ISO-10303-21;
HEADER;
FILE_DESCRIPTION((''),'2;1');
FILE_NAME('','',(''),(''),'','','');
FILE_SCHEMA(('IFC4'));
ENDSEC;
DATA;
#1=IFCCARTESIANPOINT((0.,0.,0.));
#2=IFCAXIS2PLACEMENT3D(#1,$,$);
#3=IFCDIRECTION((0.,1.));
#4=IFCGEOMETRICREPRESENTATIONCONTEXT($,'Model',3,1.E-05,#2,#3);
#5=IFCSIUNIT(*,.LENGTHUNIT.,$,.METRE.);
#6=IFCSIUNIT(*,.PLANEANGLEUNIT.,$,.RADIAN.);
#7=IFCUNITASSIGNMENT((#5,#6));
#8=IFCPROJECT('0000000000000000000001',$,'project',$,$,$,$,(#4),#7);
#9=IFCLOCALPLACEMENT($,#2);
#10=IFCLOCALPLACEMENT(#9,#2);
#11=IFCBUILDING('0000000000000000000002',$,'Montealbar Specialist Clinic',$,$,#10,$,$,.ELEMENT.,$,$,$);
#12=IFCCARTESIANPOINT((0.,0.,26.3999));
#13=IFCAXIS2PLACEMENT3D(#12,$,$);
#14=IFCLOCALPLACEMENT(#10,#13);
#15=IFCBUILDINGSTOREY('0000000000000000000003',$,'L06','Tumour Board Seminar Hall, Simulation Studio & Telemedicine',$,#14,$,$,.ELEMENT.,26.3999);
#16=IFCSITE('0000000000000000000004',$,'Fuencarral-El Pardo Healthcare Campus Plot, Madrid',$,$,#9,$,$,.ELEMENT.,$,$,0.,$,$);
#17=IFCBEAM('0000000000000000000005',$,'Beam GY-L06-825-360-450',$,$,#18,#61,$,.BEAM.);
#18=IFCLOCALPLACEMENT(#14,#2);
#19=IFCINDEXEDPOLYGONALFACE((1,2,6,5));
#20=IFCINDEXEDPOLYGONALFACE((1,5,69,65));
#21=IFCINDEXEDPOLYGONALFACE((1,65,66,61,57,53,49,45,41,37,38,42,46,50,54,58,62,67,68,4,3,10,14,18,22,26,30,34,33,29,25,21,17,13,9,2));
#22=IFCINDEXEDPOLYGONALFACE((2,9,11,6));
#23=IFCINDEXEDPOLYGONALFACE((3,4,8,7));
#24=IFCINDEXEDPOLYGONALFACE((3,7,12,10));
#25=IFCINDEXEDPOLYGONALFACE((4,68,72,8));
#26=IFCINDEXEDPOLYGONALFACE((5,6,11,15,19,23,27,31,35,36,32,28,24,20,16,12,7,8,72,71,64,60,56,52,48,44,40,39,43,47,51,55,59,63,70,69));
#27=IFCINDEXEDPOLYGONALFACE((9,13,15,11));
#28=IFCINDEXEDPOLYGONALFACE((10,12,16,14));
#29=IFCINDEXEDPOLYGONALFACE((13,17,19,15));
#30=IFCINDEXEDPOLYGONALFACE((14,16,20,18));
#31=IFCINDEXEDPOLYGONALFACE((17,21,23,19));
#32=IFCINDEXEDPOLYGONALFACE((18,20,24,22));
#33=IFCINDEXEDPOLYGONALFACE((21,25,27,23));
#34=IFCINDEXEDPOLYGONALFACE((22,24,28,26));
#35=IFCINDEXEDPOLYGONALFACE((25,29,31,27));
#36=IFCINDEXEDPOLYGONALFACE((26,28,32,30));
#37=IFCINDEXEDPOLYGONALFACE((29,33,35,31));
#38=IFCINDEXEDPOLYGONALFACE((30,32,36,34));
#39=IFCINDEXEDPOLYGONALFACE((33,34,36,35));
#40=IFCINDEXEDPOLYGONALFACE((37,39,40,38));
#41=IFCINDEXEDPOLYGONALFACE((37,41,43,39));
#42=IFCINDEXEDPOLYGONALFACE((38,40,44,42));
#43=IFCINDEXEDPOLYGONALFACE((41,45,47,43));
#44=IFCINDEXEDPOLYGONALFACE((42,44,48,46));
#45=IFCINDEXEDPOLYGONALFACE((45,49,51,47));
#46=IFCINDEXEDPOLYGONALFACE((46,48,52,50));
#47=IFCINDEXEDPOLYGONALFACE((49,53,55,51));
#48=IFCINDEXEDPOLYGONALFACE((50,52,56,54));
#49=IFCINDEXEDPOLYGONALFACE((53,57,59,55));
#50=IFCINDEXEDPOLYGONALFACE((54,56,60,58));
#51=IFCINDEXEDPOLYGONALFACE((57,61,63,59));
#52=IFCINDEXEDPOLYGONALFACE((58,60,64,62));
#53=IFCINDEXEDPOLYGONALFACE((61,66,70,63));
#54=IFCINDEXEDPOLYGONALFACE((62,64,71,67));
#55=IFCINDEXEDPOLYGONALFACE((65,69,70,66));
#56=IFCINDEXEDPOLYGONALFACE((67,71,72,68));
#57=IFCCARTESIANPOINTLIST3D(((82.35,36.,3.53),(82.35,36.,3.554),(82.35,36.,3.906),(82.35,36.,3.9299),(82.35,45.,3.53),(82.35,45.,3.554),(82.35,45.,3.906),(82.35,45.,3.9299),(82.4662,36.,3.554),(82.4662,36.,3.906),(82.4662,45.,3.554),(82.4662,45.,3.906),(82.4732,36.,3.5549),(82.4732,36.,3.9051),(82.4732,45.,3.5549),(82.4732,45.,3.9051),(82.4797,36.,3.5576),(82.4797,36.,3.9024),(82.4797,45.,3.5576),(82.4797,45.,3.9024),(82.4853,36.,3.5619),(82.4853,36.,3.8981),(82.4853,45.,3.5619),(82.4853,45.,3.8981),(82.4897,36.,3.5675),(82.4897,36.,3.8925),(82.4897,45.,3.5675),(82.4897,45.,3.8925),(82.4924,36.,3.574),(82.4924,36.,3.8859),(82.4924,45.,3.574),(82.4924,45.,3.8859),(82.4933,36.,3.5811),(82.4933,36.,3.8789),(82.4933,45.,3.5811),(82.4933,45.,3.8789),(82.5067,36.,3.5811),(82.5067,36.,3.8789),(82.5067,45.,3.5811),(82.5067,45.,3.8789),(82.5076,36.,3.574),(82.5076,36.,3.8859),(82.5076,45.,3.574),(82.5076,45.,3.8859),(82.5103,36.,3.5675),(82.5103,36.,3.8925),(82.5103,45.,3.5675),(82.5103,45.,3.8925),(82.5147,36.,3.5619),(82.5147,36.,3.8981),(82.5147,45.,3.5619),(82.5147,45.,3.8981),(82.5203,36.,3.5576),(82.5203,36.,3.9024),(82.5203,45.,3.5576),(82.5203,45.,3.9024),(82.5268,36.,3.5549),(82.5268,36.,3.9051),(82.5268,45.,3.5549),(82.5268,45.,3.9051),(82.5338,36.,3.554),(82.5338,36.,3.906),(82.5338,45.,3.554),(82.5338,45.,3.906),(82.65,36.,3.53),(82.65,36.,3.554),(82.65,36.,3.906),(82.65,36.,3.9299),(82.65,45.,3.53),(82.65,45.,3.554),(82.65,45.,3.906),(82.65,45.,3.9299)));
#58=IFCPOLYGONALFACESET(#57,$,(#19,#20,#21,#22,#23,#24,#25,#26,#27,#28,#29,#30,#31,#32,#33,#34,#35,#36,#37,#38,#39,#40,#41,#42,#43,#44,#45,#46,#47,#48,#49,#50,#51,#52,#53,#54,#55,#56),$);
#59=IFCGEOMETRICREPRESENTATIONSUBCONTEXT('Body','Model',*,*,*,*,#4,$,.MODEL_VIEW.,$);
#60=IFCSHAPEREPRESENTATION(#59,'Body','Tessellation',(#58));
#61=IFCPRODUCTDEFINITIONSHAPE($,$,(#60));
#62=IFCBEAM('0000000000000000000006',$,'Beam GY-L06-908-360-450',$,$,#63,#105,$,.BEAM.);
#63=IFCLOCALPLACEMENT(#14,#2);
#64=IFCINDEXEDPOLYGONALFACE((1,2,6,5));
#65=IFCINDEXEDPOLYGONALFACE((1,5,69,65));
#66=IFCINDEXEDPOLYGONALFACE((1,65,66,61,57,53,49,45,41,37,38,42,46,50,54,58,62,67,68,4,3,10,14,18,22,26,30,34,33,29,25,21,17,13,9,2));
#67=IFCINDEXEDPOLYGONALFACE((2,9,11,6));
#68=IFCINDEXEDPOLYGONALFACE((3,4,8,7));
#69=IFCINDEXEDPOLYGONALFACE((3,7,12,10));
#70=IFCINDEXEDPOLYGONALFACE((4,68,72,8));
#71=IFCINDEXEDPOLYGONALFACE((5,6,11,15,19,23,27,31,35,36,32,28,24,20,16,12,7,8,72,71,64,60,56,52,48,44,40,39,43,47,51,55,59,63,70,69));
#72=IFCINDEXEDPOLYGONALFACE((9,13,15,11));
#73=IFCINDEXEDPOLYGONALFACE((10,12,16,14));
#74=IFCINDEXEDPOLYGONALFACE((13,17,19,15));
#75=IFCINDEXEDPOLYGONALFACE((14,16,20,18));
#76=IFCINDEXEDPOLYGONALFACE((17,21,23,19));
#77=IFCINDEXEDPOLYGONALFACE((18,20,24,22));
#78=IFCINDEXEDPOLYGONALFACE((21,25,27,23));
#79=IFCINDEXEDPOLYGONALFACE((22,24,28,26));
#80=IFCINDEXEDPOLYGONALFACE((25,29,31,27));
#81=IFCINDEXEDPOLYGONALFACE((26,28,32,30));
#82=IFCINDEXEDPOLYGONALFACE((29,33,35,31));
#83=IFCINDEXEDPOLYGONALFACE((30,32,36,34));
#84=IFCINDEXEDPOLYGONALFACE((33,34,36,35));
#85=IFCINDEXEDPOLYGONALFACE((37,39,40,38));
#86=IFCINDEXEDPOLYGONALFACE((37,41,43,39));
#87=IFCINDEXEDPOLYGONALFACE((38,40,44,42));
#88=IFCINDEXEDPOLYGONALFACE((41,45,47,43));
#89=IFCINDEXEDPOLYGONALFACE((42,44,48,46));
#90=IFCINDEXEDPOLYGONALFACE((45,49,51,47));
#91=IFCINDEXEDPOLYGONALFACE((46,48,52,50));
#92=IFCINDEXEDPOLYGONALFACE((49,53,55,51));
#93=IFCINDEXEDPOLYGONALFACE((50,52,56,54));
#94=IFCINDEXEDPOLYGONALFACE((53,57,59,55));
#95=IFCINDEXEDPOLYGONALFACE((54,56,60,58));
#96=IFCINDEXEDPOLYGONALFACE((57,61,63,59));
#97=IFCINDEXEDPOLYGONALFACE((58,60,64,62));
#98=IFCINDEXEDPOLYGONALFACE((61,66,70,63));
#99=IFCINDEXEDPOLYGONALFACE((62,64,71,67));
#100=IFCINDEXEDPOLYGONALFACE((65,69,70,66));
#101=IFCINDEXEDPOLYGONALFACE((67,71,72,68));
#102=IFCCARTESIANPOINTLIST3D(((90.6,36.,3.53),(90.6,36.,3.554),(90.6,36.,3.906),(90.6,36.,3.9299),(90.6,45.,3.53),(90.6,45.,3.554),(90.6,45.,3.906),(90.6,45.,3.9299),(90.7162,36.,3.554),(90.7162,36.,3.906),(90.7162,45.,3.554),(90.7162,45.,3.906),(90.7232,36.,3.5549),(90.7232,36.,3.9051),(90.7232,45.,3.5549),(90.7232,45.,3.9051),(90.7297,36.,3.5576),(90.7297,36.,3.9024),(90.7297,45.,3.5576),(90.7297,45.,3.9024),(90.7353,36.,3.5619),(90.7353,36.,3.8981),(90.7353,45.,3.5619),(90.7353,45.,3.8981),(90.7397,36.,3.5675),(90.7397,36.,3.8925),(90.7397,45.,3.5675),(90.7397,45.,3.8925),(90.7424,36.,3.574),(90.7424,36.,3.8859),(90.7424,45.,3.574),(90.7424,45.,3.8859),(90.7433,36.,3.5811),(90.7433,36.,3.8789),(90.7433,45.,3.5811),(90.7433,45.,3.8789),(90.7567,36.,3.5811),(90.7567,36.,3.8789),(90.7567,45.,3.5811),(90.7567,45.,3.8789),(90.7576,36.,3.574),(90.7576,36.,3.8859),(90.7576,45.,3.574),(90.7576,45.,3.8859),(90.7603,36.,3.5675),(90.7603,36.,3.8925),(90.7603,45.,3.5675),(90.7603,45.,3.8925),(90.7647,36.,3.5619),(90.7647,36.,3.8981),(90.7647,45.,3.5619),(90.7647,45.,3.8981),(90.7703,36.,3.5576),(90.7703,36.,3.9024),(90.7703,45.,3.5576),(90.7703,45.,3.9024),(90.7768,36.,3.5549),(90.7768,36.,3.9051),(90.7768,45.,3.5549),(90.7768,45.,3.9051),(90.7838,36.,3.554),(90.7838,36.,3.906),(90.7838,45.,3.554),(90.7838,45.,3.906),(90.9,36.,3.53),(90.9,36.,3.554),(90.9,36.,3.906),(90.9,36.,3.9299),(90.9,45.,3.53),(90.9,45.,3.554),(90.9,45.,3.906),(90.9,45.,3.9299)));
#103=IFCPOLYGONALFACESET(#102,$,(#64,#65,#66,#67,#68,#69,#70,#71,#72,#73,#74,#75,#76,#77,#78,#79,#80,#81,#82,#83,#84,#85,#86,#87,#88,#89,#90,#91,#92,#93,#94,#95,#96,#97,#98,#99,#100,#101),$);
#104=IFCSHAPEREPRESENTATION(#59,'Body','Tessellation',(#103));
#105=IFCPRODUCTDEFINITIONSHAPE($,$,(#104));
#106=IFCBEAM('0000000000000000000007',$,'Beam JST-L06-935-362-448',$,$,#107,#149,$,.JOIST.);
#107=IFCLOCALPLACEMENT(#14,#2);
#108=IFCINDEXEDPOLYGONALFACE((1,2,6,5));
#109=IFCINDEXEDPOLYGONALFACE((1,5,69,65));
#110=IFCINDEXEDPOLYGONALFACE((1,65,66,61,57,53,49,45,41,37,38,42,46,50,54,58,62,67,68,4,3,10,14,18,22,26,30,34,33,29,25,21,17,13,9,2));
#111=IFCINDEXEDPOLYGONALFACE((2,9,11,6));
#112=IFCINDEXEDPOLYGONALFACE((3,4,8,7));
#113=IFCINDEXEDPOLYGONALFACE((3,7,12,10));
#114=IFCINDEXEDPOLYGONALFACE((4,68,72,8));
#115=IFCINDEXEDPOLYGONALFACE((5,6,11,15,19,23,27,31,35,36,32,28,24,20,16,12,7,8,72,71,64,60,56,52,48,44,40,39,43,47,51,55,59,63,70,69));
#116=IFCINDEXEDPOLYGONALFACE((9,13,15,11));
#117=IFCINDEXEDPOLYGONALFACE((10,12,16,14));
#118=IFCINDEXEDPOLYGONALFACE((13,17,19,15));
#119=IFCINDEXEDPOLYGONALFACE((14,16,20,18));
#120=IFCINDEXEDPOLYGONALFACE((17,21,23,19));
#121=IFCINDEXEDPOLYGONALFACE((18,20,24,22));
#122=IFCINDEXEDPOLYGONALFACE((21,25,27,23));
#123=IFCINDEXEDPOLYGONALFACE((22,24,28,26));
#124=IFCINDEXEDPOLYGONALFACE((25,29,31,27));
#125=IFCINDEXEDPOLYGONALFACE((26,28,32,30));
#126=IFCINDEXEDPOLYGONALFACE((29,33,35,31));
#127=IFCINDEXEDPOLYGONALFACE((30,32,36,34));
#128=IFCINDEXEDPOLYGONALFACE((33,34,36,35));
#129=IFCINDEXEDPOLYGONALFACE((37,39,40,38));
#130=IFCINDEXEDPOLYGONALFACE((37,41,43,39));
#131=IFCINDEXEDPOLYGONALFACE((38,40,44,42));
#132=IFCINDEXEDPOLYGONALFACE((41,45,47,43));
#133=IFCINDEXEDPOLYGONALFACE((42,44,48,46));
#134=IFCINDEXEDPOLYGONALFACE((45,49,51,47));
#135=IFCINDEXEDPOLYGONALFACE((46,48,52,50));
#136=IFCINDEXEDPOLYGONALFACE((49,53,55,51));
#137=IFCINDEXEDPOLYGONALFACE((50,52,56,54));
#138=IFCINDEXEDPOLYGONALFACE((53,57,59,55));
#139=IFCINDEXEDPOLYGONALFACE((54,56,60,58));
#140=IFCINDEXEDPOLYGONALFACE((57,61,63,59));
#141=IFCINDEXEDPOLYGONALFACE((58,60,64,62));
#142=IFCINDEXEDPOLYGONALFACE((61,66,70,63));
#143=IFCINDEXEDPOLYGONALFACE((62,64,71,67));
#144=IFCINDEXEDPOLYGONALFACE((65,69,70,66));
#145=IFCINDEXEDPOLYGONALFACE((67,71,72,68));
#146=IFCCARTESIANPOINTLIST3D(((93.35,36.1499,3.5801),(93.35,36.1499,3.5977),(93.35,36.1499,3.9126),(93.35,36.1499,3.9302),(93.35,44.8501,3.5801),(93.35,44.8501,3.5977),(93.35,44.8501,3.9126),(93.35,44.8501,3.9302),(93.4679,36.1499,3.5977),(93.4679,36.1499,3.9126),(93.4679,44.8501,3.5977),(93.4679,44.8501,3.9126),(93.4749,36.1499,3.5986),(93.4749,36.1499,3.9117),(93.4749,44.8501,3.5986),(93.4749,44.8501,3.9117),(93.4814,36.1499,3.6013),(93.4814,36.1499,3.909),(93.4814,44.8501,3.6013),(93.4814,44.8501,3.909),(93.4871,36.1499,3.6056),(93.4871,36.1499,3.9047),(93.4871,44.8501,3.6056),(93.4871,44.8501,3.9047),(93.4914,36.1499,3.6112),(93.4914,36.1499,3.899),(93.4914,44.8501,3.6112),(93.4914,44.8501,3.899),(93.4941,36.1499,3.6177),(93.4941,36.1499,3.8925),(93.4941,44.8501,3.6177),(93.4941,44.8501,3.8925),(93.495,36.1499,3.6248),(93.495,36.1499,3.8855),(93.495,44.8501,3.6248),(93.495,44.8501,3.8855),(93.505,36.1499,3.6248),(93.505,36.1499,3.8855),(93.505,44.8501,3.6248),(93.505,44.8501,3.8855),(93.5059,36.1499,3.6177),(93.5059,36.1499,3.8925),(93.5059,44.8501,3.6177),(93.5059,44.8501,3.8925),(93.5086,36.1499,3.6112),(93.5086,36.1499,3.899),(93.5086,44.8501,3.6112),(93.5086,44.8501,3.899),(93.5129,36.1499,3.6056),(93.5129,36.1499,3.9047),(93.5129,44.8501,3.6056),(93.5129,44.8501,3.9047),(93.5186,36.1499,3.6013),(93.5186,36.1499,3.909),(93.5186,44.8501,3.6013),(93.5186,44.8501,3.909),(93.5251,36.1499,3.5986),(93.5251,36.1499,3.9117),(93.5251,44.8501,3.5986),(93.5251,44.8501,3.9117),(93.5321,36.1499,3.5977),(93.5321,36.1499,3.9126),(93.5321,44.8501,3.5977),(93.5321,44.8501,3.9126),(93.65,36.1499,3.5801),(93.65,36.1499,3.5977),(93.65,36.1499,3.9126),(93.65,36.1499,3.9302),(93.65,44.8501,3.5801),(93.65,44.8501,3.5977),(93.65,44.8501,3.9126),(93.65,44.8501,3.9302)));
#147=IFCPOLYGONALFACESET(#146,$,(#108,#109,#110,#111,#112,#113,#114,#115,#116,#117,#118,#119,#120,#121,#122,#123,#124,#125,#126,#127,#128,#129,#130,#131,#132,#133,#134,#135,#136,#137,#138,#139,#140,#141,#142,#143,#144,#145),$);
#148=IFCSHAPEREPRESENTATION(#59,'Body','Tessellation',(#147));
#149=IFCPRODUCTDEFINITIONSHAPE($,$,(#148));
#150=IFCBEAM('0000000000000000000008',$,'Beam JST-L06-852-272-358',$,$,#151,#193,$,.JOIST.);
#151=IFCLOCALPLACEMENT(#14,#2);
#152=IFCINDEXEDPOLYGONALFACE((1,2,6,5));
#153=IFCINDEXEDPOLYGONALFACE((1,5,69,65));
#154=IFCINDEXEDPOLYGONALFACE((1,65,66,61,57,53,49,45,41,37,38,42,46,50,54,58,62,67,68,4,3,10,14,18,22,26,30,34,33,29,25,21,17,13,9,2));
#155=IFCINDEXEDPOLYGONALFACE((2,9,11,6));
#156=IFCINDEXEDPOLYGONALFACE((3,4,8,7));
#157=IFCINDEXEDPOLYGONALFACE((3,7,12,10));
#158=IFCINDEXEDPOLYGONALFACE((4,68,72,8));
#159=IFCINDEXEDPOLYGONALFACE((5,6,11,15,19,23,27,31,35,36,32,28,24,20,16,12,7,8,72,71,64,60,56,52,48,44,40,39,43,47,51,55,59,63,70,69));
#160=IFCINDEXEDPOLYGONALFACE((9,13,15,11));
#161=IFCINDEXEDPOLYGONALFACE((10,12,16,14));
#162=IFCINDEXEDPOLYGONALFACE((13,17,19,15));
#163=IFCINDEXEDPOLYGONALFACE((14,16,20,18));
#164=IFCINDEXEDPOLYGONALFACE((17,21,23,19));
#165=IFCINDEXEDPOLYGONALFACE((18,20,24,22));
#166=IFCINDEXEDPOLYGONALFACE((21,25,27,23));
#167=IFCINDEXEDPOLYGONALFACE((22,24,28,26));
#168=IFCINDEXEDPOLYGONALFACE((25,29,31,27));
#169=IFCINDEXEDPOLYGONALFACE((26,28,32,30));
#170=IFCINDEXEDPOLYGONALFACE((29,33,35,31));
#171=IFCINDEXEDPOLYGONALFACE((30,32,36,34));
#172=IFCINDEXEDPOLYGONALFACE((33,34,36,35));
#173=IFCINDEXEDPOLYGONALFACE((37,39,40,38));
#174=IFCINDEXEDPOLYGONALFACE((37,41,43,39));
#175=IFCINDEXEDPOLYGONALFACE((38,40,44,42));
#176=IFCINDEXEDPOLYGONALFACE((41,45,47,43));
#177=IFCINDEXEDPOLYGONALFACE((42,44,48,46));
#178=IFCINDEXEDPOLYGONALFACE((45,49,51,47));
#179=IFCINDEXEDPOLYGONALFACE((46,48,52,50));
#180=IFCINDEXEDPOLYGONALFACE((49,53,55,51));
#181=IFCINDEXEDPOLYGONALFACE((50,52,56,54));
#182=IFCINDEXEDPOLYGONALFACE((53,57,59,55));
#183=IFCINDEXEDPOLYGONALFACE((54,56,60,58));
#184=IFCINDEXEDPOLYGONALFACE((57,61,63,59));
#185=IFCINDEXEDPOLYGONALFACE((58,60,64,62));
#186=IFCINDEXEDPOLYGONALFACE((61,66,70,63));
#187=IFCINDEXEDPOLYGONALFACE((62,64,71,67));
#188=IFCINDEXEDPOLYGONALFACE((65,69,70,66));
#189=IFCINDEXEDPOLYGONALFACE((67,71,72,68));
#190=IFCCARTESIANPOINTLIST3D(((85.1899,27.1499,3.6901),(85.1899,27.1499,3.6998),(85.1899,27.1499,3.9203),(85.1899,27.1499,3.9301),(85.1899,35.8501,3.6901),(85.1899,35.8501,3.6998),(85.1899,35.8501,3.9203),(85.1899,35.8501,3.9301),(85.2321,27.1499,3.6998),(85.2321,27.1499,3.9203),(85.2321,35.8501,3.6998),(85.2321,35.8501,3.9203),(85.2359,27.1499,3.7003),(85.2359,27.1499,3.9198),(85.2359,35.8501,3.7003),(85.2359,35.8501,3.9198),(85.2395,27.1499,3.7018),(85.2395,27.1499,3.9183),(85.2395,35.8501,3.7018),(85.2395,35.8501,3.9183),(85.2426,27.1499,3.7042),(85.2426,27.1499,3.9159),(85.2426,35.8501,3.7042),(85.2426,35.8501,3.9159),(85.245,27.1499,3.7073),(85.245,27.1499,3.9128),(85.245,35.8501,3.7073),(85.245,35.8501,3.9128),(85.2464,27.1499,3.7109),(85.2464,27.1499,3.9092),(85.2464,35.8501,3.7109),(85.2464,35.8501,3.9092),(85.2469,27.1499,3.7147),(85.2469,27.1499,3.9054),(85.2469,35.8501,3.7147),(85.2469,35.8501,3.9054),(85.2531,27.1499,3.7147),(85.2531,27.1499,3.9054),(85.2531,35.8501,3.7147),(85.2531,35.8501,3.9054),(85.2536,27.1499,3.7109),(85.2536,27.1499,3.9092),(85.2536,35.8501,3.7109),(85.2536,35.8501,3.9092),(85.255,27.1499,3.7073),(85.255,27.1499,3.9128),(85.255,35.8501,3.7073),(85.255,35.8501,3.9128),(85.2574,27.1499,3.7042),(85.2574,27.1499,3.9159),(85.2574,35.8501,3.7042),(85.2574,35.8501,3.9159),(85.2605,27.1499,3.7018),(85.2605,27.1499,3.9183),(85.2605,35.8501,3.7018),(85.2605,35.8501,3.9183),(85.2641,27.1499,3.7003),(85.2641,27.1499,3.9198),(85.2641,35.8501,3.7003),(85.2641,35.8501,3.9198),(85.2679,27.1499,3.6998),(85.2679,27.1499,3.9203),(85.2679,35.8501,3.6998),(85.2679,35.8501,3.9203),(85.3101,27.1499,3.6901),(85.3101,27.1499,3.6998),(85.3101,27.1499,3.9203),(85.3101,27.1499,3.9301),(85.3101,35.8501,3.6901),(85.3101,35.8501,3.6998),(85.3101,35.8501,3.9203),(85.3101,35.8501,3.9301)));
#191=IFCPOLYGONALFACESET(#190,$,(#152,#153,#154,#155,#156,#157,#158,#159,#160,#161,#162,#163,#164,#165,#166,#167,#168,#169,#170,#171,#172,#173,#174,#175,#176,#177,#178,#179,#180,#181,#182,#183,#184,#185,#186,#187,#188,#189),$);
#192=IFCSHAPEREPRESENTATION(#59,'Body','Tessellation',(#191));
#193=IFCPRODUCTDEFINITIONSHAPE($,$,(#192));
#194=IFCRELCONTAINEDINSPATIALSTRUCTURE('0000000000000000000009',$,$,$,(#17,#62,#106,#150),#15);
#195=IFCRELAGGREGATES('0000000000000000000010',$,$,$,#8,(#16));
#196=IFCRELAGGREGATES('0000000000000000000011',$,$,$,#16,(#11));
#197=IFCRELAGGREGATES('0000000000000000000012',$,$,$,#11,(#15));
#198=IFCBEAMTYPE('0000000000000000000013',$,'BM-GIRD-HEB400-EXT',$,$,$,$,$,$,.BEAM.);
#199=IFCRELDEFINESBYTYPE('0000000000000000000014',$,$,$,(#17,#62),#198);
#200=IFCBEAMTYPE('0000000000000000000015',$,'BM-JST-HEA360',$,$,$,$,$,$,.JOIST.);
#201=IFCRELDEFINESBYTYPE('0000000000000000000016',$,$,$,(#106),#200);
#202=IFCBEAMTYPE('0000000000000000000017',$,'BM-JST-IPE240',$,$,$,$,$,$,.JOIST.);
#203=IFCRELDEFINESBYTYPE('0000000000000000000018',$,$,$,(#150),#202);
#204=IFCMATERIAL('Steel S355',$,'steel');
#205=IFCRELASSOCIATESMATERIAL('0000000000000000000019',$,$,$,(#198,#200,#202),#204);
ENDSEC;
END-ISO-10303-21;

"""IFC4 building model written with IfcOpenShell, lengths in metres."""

from ifc_helpers import new_model, si_unit, direction, frame, origin, origin_2d, place, context, subcontext, project, spatial, i_section, extrude, material, material_profile, profile_set, type_object, element, save


model = new_model("IFC4")

# Units and contexts
model_context = context("Model", 3, precision=1e-05, world=origin(), true_north=direction((0.0, 1.0)))
body_context = subcontext(model_context, "Body", "Model", "MODEL_VIEW")
ifc_project = project(units=[si_unit("LENGTHUNIT", "METRE"), si_unit("PLANEANGLEUNIT", "RADIAN")], contexts=[model_context])

# Site, building, storey
site_placement = place(None, origin())
site = spatial("IfcSite", under=ifc_project, at=site_placement, Name="Fuencarral-El Pardo Healthcare Campus Plot, Madrid", CompositionType="ELEMENT", RefElevation=0.0)
building_placement = place(site_placement, origin())
building = spatial("IfcBuilding", under=site, at=building_placement, Name="Montealbar Specialist Clinic", CompositionType="ELEMENT")
storey_placement = place(building_placement, frame((0.0, 0.0, 26.3999)))
storey = spatial("IfcBuildingStorey", under=building, at=storey_placement, Name="L06", Description="Tumour Board Seminar Hall, Simulation Studio & Telemedicine", CompositionType="ELEMENT", Elevation=26.3999)

# Shared definitions
ifc_material_1 = material(Name="Steel S355", Category="steel")

# Beams
ifc_material_profile_1 = material_profile(ifc_material_1, i_section(OverallWidth=0.3, OverallDepth=0.3999, WebThickness=0.0134, FlangeThickness=0.0239, FilletRadius=0.0271, at=origin_2d()), Name="HEB 400", Category="steel")
ifc_profile_set_1 = profile_set([ifc_material_profile_1], Name="Steel S355")
beam_type_1 = type_object("IfcBeamType", Name="BM-GIRD-HEB400-EXT", PredefinedType="BEAM", material=ifc_profile_set_1)
for number, where, z_axis, x_axis, name in (
    (1, (82.5, 36.0, 3.73), (0.0, 1.0, 0.0), (-1.0, 0.0, 0.0), "Beam GY-L06-825-360-450"),
    (2, (90.75, 36.0, 3.73), (0.0, 1.0, 0.0), (-1.0, 0.0, 0.0), "Beam GY-L06-908-360-450"),
):
    element("IfcBeam", number, at=place(storey_placement, frame(where, z_axis=z_axis, x_axis=x_axis)), inside=storey, type_object=beam_type_1, Name=name, PredefinedType="BEAM", context=body_context, shape_type="SweptSolid", body=[
        extrude(i_section(OverallWidth=0.3, OverallDepth=0.3999, WebThickness=0.0134, FlangeThickness=0.0239, FilletRadius=0.0271, at=origin_2d()), origin(), (0.0, 0.0, 1.0), 9.0),
    ])
ifc_material_profile_2 = material_profile(ifc_material_1, i_section(OverallWidth=0.3, OverallDepth=0.3501, WebThickness=0.01, FlangeThickness=0.0176, FilletRadius=0.0271, at=origin_2d()), Name="HEA 360", Category="steel")
ifc_profile_set_2 = profile_set([ifc_material_profile_2], Name="Steel S355")
beam_type_2 = type_object("IfcBeamType", Name="BM-JST-HEA360", PredefinedType="JOIST", material=ifc_profile_set_2)
beam_1_placement = place(storey_placement, frame((93.5, 36.1499, 3.7551), z_axis=(0.0, 1.0, 0.0), x_axis=(-1.0, 0.0, 0.0)))
element("IfcBeam", 3, at=beam_1_placement, inside=storey, type_object=beam_type_2, Name="Beam JST-L06-935-362-448", PredefinedType="JOIST", context=body_context, shape_type="SweptSolid", body=[
    extrude(i_section(OverallWidth=0.3, OverallDepth=0.3501, WebThickness=0.01, FlangeThickness=0.0176, FilletRadius=0.0271, at=origin_2d()), origin(), (0.0, 0.0, 1.0), 8.7002),
])
ifc_material_profile_3 = material_profile(ifc_material_1, i_section(OverallWidth=0.1201, OverallDepth=0.24, WebThickness=0.0061, FlangeThickness=0.0098, FilletRadius=0.0149, at=origin_2d()), Name="IPE 240", Category="steel")
ifc_profile_set_3 = profile_set([ifc_material_profile_3], Name="Steel S355")
beam_type_3 = type_object("IfcBeamType", Name="BM-JST-IPE240", PredefinedType="JOIST", material=ifc_profile_set_3)
beam_2_placement = place(storey_placement, frame((85.25, 27.1499, 3.8101), z_axis=(0.0, 1.0, 0.0), x_axis=(-1.0, 0.0, 0.0)))
element("IfcBeam", 4, at=beam_2_placement, inside=storey, type_object=beam_type_3, Name="Beam JST-L06-852-272-358", PredefinedType="JOIST", context=body_context, shape_type="SweptSolid", body=[
    extrude(i_section(OverallWidth=0.1201, OverallDepth=0.24, WebThickness=0.0061, FlangeThickness=0.0098, FilletRadius=0.0149, at=origin_2d()), origin(), (0.0, 0.0, 1.0), 8.7002),
])

save(model, "model.ifc")
